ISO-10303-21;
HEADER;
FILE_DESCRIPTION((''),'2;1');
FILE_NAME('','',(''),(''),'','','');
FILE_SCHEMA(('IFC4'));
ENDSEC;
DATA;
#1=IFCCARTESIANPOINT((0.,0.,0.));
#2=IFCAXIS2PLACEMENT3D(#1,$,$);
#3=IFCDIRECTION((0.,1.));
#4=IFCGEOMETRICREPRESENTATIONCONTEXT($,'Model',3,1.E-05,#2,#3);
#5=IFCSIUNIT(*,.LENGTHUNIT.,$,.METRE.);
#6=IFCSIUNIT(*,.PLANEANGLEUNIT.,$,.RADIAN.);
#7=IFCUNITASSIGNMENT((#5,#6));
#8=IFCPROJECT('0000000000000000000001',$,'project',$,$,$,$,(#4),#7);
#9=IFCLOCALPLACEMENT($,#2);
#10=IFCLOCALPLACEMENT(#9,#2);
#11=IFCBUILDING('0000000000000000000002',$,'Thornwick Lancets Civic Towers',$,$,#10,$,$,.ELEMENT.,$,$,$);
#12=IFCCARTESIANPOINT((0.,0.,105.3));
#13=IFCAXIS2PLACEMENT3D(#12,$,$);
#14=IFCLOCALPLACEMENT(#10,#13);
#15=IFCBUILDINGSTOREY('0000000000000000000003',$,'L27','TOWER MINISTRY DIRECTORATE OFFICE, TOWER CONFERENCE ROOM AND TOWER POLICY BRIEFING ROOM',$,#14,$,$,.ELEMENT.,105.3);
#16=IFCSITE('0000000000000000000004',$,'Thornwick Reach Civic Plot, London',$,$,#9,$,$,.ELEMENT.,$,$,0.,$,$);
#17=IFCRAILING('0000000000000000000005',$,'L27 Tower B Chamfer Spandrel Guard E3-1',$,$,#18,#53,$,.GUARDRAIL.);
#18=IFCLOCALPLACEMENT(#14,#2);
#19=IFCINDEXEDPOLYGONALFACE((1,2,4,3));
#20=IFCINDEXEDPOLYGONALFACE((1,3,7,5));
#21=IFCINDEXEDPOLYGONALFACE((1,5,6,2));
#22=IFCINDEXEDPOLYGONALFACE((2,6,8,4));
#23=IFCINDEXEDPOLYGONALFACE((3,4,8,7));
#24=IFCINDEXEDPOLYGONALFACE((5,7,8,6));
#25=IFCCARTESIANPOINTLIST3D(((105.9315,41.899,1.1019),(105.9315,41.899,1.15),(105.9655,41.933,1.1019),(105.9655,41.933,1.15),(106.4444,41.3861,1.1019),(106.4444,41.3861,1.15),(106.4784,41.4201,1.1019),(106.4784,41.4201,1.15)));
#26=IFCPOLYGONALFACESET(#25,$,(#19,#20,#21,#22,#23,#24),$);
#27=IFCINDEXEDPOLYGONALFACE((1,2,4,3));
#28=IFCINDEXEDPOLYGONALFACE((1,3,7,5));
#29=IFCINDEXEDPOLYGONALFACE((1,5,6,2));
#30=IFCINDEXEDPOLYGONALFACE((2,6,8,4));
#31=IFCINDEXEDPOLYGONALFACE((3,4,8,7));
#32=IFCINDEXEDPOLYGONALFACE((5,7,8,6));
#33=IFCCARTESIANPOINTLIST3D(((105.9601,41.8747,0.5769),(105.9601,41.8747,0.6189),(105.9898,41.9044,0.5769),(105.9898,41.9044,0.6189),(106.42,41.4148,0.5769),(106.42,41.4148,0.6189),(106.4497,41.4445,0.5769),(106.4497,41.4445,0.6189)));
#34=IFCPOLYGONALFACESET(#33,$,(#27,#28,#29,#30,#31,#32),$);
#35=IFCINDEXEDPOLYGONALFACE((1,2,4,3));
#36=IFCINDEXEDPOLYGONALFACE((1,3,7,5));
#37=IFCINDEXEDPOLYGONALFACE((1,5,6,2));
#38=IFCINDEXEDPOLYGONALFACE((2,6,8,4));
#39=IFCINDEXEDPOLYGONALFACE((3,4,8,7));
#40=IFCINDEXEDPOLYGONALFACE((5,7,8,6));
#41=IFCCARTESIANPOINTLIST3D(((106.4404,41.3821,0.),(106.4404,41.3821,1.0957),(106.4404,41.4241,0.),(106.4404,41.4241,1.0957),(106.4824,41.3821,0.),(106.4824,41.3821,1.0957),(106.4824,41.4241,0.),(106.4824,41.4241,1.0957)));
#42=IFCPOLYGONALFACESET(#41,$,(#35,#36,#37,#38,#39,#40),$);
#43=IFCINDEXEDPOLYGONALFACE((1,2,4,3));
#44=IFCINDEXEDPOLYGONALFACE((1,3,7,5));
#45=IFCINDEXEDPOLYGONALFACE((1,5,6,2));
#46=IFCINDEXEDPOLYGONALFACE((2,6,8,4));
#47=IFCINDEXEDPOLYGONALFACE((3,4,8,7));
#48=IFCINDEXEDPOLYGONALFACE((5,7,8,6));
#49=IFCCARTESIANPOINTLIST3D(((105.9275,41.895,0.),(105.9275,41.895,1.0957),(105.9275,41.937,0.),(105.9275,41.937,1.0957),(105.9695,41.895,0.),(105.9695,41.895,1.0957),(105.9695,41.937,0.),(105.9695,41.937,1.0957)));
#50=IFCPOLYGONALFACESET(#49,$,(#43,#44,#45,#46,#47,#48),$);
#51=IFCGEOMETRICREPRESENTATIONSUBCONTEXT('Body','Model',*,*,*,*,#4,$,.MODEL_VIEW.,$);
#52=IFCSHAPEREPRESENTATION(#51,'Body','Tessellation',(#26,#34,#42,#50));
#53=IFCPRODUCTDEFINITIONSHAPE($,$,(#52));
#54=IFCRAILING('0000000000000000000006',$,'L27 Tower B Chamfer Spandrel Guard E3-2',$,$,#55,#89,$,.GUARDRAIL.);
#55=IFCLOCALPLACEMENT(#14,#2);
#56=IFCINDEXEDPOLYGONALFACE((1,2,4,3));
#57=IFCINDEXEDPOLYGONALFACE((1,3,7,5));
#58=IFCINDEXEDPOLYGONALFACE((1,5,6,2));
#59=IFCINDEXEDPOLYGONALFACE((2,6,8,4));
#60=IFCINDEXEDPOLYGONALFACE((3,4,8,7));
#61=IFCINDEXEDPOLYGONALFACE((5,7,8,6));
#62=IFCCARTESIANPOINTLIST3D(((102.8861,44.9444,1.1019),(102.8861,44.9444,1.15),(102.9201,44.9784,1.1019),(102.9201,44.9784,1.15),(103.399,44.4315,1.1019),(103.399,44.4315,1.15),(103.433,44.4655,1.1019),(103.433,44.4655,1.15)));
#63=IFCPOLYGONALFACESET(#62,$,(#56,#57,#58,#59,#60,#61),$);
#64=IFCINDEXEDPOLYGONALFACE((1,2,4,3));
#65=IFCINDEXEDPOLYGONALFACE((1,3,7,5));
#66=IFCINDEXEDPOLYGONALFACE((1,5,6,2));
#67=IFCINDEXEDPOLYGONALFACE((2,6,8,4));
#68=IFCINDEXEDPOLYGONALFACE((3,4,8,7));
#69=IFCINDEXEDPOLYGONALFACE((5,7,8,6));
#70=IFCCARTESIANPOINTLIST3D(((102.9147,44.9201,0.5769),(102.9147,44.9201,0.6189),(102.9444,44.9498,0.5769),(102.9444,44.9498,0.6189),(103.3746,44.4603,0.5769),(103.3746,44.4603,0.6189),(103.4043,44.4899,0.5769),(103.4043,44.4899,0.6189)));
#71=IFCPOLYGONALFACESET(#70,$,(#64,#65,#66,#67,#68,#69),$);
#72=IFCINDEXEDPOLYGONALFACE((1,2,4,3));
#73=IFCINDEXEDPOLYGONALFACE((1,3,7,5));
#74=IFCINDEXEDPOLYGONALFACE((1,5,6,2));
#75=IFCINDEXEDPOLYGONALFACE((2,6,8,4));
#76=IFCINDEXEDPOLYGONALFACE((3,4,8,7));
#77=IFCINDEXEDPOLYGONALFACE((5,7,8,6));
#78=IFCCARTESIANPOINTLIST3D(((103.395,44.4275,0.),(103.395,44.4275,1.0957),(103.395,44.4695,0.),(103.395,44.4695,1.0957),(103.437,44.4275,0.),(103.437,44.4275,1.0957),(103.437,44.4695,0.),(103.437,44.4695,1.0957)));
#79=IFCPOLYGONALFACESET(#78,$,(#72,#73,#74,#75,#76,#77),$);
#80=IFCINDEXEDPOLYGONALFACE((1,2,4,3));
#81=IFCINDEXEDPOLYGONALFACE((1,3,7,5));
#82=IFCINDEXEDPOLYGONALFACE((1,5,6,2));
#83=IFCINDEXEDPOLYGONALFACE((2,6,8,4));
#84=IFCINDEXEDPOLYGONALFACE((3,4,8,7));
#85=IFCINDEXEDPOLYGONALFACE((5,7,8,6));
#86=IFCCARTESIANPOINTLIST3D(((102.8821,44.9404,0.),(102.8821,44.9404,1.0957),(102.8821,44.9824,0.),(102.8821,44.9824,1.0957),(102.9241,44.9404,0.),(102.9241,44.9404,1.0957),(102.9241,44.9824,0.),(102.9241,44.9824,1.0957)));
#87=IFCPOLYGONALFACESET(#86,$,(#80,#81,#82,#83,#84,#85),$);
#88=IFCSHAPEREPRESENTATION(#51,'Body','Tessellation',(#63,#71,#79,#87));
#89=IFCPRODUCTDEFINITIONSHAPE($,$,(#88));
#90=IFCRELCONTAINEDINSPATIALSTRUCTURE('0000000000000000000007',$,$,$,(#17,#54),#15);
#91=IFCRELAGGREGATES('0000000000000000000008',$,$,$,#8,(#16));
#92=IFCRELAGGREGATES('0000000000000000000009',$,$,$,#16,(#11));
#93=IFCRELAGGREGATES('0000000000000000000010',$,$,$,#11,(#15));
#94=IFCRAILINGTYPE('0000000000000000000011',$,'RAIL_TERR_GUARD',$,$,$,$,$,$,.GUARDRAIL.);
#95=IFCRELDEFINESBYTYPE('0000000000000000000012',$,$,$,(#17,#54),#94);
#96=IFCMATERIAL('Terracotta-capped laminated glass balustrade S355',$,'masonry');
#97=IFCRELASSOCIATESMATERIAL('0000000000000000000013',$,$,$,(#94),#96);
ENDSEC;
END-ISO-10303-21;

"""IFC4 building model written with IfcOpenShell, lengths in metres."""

from ifc_helpers import new_model, si_unit, direction, frame, origin, origin_2d, place, context, subcontext, project, spatial, rectangle, extrude, material, type_object, element, save


model = new_model("IFC4")

# Units and contexts
model_context = context("Model", 3, precision=1e-05, world=origin(), true_north=direction((0.0, 1.0)))
body_context = subcontext(model_context, "Body", "Model", "MODEL_VIEW")
ifc_project = project(units=[si_unit("LENGTHUNIT", "METRE"), si_unit("PLANEANGLEUNIT", "RADIAN")], contexts=[model_context])

# Site, building, storey
site_placement = place(None, origin())
site = spatial("IfcSite", under=ifc_project, at=site_placement, Name="Thornwick Reach Civic Plot, London", CompositionType="ELEMENT", RefElevation=0.0)
building_placement = place(site_placement, origin())
building = spatial("IfcBuilding", under=site, at=building_placement, Name="Thornwick Lancets Civic Towers", CompositionType="ELEMENT")
storey_placement = place(building_placement, frame((0.0, 0.0, 105.3)))
storey = spatial("IfcBuildingStorey", under=building, at=storey_placement, Name="L27", Description="TOWER MINISTRY DIRECTORATE OFFICE, TOWER CONFERENCE ROOM AND TOWER POLICY BRIEFING ROOM", CompositionType="ELEMENT", Elevation=105.3)

# Railings
ifc_material_1 = material(Name="Terracotta-capped laminated glass balustrade S355", Category="masonry")
railing_type = type_object("IfcRailingType", Name="RAIL_TERR_GUARD", PredefinedType="GUARDRAIL", material=ifc_material_1)
for number, where, name in (
    (1, (106.4614, 41.4031, 0.0), "L27 Tower B Chamfer Spandrel Guard E3-1"),
    (2, (103.416, 44.4485, 0.0), "L27 Tower B Chamfer Spandrel Guard E3-2"),
):
    element("IfcRailing", number, at=place(storey_placement, frame(where)), inside=storey, type_object=railing_type, Name=name, PredefinedType="GUARDRAIL", context=body_context, shape_type="SweptSolid", body=[
        extrude(rectangle(XDim=0.0481, YDim=0.0481, at=origin_2d()), frame((0.0, 0.0, 1.126), z_axis=(-0.707107, 0.707107, 0.0), x_axis=(-0.707107, -0.707107, 0.0)), (0.0, 0.0, 1.0), 0.7253),
        extrude(rectangle(XDim=0.042, YDim=0.042, at=origin_2d()), frame((-0.0266, 0.0266, 0.5979), z_axis=(-0.707107, 0.707107, 0.0), x_axis=(-0.707107, -0.707107, 0.0)), (0.0, 0.0, 1.0), 0.6504),
        extrude(rectangle(XDim=0.042, YDim=0.042, at=origin_2d()), origin(), (0.0, 0.0, 1.0), 1.0957),
        extrude(rectangle(XDim=0.042, YDim=0.042, at=origin_2d()), frame((-0.5129, 0.5129, 0.0)), (0.0, 0.0, 1.0), 1.0957),
    ])

save(model, "model.ifc")
